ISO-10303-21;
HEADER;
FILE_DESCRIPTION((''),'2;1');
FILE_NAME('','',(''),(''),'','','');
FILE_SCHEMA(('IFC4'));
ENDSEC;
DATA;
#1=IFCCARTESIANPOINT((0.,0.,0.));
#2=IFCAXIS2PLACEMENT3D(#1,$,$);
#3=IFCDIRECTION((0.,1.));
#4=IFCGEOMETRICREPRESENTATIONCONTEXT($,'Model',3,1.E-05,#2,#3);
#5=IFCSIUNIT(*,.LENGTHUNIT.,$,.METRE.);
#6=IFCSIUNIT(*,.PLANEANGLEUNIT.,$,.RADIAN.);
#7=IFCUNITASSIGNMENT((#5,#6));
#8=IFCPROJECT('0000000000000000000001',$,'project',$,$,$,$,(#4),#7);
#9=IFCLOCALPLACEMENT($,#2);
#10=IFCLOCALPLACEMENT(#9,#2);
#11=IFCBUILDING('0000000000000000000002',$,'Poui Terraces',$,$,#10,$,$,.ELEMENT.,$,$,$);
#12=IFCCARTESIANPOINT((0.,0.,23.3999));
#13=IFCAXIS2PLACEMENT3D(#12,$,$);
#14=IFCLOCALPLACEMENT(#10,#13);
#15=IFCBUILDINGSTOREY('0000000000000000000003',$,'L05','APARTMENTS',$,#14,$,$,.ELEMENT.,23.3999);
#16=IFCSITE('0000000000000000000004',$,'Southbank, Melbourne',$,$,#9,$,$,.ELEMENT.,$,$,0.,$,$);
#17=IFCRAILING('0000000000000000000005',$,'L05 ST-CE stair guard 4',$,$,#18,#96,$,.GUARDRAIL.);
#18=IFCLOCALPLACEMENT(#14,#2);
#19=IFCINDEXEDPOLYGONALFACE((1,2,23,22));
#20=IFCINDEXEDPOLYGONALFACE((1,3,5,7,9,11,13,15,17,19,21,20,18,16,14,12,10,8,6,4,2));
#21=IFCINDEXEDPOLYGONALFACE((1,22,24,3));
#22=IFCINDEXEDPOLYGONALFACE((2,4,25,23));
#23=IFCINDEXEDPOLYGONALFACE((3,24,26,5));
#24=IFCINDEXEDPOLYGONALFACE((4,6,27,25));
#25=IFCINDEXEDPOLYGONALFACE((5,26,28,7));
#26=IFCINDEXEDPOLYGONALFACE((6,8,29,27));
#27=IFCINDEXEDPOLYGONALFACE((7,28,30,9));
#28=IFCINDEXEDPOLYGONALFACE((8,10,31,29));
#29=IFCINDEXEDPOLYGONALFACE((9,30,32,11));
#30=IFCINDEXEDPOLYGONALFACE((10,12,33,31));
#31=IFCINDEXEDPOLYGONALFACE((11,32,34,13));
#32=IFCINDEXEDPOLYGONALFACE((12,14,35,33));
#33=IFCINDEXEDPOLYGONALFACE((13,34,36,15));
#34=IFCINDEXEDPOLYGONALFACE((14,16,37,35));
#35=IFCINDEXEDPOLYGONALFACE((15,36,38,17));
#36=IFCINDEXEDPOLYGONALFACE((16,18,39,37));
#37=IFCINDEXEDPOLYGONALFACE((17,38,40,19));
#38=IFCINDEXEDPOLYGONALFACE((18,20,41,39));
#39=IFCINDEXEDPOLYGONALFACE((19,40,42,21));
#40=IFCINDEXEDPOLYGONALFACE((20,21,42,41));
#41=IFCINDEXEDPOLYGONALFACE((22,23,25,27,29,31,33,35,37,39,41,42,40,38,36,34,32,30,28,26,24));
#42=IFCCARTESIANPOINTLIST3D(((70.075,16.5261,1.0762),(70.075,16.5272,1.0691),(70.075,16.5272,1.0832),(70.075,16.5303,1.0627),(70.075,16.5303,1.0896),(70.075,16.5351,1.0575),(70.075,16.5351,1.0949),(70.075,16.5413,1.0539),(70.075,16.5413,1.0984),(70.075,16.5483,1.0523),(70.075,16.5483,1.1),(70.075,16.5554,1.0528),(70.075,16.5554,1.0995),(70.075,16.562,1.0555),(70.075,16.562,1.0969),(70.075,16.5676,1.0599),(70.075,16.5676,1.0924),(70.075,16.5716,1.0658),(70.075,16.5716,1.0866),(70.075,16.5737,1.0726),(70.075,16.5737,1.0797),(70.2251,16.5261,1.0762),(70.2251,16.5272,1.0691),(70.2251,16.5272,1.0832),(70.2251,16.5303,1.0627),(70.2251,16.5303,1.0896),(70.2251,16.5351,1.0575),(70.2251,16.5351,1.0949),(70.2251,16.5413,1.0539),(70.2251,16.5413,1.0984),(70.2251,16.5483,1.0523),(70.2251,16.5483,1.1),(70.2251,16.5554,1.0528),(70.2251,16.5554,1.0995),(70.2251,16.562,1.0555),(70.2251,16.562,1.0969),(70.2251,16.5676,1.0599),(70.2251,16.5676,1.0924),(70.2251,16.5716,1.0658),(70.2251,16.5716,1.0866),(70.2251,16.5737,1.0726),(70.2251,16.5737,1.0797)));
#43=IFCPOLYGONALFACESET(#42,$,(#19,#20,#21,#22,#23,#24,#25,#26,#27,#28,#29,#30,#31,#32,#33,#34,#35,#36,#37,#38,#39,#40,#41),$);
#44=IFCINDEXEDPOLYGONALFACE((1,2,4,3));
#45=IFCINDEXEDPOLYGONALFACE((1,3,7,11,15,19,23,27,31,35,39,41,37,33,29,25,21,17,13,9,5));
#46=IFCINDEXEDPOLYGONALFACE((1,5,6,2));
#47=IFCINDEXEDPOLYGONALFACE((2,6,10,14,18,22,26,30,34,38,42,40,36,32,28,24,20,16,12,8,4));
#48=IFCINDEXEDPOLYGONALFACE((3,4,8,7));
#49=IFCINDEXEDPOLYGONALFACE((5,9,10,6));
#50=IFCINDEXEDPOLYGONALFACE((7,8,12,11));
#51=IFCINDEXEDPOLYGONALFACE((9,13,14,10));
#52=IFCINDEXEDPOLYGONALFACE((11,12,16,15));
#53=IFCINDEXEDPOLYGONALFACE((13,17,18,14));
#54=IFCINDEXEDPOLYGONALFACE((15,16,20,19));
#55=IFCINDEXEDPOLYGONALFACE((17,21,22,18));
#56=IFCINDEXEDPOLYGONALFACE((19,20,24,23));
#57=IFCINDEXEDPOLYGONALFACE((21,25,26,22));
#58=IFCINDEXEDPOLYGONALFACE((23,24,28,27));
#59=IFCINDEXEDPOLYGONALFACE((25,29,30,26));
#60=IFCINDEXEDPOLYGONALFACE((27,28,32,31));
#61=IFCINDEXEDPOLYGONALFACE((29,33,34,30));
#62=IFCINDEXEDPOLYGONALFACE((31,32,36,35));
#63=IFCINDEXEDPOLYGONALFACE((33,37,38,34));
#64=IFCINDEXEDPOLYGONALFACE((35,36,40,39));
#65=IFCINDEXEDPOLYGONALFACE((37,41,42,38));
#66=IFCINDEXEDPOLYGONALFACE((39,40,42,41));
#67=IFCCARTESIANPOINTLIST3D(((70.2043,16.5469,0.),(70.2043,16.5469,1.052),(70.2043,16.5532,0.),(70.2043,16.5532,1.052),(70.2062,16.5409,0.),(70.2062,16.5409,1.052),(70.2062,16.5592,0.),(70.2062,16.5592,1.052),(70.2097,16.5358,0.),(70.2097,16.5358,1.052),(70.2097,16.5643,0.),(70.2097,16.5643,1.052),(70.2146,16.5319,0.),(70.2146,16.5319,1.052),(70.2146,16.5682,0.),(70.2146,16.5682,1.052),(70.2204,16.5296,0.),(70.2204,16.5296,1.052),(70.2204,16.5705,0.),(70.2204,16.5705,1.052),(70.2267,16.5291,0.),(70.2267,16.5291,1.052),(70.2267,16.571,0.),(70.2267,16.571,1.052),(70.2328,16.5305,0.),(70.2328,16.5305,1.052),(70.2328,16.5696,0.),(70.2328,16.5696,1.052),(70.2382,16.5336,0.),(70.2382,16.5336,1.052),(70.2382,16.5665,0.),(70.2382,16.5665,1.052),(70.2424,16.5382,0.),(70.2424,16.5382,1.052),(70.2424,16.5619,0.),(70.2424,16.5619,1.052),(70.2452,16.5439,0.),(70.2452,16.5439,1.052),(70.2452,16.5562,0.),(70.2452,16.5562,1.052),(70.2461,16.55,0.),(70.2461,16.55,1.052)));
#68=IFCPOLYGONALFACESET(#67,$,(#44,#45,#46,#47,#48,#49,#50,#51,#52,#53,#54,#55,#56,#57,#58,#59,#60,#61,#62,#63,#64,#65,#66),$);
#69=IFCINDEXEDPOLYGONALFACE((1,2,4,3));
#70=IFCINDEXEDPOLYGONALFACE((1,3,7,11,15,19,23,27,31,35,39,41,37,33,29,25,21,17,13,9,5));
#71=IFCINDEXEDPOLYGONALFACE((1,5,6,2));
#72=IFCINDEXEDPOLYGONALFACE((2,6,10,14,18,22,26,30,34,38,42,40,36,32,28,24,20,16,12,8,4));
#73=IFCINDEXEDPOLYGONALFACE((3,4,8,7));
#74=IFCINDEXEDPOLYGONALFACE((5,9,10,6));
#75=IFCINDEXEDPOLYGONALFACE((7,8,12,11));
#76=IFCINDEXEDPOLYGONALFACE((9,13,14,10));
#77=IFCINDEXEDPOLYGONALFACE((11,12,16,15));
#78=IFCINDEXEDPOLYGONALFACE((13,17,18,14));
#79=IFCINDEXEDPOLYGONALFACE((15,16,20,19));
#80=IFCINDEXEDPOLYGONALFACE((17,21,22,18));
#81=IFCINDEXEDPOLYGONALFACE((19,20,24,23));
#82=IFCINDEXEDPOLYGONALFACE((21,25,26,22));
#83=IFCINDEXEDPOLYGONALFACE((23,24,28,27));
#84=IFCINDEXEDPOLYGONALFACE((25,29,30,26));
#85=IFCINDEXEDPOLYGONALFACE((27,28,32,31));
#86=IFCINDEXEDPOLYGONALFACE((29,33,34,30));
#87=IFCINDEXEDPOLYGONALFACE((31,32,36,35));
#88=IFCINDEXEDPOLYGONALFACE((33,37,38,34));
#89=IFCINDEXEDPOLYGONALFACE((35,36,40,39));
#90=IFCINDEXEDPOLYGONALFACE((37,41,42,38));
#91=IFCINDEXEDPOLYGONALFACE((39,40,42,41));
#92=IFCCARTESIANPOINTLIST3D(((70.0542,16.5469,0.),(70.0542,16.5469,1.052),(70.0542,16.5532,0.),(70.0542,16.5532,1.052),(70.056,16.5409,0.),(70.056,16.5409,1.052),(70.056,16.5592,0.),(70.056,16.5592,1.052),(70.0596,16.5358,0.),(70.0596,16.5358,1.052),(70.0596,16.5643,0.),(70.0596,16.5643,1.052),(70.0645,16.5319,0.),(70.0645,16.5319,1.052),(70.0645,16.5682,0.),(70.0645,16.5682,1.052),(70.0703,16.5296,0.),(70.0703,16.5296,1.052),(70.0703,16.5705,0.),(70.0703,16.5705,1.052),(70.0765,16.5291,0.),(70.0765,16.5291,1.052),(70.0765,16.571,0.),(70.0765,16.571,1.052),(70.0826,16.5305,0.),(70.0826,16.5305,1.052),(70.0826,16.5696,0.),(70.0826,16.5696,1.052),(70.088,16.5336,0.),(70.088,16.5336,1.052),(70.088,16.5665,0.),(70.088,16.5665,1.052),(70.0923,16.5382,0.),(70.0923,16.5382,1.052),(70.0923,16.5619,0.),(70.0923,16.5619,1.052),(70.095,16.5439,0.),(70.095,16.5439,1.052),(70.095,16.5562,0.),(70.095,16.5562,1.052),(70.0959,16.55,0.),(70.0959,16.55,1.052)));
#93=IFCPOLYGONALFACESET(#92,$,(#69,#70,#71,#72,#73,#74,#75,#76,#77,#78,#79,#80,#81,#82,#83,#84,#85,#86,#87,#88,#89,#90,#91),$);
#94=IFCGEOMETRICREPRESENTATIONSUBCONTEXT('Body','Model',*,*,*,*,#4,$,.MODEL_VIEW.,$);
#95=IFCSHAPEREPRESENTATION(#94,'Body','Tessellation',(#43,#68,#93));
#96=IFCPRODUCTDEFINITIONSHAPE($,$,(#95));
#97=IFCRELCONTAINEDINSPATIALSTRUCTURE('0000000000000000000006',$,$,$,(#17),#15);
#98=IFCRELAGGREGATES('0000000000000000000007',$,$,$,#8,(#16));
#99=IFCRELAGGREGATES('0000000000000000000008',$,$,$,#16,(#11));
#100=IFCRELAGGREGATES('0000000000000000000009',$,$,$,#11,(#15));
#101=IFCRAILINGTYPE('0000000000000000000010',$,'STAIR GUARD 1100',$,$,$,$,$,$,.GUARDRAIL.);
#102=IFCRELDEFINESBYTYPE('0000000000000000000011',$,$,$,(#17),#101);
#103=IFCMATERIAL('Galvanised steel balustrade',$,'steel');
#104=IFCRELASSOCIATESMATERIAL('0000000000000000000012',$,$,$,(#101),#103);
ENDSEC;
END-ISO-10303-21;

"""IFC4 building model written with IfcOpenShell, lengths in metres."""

from ifc_helpers import new_model, si_unit, direction, frame, origin, origin_2d, place, context, subcontext, project, spatial, circle, extrude, material, type_object, element, save


model = new_model("IFC4")

# Units and contexts
model_context = context("Model", 3, precision=1e-05, world=origin(), true_north=direction((0.0, 1.0)))
body_context = subcontext(model_context, "Body", "Model", "MODEL_VIEW")
ifc_project = project(units=[si_unit("LENGTHUNIT", "METRE"), si_unit("PLANEANGLEUNIT", "RADIAN")], contexts=[model_context])

# Site, building, storey
site_placement = place(None, origin())
site = spatial("IfcSite", under=ifc_project, at=site_placement, Name="Southbank, Melbourne", CompositionType="ELEMENT", RefElevation=0.0)
building_placement = place(site_placement, origin())
building = spatial("IfcBuilding", under=site, at=building_placement, Name="Poui Terraces", CompositionType="ELEMENT")
storey_placement = place(building_placement, frame((0.0, 0.0, 23.3999)))
storey = spatial("IfcBuildingStorey", under=building, at=storey_placement, Name="L05", Description="APARTMENTS", CompositionType="ELEMENT", Elevation=23.3999)

# Railing
ifc_material_1 = material(Name="Galvanised steel balustrade", Category="steel")
railing_type_1 = type_object("IfcRailingType", Name="STAIR GUARD 1100", PredefinedType="GUARDRAIL", material=ifc_material_1)
railing_1_placement = place(storey_placement, frame((70.2251, 16.55, 0.0)))
element("IfcRailing", 1, at=railing_1_placement, inside=storey, type_object=railing_type_1, Name="L05 ST-CE stair guard 4", PredefinedType="GUARDRAIL", context=body_context, shape_type="SweptSolid", body=[
    extrude(circle(Radius=0.0239, at=origin_2d()), frame((0.0, 0.0, 1.0762), z_axis=(-1.0, 0.0, 0.0), x_axis=(0.0, -1.0, 0.0)), (0.0, 0.0, 1.0), 0.1501),
    extrude(circle(Radius=0.021, at=origin_2d()), origin(), (0.0, 0.0, 1.0), 1.052),
    extrude(circle(Radius=0.021, at=origin_2d()), frame((-0.1501, 0.0, 0.0)), (0.0, 0.0, 1.0), 1.052),
])

save(model, "model.ifc")
